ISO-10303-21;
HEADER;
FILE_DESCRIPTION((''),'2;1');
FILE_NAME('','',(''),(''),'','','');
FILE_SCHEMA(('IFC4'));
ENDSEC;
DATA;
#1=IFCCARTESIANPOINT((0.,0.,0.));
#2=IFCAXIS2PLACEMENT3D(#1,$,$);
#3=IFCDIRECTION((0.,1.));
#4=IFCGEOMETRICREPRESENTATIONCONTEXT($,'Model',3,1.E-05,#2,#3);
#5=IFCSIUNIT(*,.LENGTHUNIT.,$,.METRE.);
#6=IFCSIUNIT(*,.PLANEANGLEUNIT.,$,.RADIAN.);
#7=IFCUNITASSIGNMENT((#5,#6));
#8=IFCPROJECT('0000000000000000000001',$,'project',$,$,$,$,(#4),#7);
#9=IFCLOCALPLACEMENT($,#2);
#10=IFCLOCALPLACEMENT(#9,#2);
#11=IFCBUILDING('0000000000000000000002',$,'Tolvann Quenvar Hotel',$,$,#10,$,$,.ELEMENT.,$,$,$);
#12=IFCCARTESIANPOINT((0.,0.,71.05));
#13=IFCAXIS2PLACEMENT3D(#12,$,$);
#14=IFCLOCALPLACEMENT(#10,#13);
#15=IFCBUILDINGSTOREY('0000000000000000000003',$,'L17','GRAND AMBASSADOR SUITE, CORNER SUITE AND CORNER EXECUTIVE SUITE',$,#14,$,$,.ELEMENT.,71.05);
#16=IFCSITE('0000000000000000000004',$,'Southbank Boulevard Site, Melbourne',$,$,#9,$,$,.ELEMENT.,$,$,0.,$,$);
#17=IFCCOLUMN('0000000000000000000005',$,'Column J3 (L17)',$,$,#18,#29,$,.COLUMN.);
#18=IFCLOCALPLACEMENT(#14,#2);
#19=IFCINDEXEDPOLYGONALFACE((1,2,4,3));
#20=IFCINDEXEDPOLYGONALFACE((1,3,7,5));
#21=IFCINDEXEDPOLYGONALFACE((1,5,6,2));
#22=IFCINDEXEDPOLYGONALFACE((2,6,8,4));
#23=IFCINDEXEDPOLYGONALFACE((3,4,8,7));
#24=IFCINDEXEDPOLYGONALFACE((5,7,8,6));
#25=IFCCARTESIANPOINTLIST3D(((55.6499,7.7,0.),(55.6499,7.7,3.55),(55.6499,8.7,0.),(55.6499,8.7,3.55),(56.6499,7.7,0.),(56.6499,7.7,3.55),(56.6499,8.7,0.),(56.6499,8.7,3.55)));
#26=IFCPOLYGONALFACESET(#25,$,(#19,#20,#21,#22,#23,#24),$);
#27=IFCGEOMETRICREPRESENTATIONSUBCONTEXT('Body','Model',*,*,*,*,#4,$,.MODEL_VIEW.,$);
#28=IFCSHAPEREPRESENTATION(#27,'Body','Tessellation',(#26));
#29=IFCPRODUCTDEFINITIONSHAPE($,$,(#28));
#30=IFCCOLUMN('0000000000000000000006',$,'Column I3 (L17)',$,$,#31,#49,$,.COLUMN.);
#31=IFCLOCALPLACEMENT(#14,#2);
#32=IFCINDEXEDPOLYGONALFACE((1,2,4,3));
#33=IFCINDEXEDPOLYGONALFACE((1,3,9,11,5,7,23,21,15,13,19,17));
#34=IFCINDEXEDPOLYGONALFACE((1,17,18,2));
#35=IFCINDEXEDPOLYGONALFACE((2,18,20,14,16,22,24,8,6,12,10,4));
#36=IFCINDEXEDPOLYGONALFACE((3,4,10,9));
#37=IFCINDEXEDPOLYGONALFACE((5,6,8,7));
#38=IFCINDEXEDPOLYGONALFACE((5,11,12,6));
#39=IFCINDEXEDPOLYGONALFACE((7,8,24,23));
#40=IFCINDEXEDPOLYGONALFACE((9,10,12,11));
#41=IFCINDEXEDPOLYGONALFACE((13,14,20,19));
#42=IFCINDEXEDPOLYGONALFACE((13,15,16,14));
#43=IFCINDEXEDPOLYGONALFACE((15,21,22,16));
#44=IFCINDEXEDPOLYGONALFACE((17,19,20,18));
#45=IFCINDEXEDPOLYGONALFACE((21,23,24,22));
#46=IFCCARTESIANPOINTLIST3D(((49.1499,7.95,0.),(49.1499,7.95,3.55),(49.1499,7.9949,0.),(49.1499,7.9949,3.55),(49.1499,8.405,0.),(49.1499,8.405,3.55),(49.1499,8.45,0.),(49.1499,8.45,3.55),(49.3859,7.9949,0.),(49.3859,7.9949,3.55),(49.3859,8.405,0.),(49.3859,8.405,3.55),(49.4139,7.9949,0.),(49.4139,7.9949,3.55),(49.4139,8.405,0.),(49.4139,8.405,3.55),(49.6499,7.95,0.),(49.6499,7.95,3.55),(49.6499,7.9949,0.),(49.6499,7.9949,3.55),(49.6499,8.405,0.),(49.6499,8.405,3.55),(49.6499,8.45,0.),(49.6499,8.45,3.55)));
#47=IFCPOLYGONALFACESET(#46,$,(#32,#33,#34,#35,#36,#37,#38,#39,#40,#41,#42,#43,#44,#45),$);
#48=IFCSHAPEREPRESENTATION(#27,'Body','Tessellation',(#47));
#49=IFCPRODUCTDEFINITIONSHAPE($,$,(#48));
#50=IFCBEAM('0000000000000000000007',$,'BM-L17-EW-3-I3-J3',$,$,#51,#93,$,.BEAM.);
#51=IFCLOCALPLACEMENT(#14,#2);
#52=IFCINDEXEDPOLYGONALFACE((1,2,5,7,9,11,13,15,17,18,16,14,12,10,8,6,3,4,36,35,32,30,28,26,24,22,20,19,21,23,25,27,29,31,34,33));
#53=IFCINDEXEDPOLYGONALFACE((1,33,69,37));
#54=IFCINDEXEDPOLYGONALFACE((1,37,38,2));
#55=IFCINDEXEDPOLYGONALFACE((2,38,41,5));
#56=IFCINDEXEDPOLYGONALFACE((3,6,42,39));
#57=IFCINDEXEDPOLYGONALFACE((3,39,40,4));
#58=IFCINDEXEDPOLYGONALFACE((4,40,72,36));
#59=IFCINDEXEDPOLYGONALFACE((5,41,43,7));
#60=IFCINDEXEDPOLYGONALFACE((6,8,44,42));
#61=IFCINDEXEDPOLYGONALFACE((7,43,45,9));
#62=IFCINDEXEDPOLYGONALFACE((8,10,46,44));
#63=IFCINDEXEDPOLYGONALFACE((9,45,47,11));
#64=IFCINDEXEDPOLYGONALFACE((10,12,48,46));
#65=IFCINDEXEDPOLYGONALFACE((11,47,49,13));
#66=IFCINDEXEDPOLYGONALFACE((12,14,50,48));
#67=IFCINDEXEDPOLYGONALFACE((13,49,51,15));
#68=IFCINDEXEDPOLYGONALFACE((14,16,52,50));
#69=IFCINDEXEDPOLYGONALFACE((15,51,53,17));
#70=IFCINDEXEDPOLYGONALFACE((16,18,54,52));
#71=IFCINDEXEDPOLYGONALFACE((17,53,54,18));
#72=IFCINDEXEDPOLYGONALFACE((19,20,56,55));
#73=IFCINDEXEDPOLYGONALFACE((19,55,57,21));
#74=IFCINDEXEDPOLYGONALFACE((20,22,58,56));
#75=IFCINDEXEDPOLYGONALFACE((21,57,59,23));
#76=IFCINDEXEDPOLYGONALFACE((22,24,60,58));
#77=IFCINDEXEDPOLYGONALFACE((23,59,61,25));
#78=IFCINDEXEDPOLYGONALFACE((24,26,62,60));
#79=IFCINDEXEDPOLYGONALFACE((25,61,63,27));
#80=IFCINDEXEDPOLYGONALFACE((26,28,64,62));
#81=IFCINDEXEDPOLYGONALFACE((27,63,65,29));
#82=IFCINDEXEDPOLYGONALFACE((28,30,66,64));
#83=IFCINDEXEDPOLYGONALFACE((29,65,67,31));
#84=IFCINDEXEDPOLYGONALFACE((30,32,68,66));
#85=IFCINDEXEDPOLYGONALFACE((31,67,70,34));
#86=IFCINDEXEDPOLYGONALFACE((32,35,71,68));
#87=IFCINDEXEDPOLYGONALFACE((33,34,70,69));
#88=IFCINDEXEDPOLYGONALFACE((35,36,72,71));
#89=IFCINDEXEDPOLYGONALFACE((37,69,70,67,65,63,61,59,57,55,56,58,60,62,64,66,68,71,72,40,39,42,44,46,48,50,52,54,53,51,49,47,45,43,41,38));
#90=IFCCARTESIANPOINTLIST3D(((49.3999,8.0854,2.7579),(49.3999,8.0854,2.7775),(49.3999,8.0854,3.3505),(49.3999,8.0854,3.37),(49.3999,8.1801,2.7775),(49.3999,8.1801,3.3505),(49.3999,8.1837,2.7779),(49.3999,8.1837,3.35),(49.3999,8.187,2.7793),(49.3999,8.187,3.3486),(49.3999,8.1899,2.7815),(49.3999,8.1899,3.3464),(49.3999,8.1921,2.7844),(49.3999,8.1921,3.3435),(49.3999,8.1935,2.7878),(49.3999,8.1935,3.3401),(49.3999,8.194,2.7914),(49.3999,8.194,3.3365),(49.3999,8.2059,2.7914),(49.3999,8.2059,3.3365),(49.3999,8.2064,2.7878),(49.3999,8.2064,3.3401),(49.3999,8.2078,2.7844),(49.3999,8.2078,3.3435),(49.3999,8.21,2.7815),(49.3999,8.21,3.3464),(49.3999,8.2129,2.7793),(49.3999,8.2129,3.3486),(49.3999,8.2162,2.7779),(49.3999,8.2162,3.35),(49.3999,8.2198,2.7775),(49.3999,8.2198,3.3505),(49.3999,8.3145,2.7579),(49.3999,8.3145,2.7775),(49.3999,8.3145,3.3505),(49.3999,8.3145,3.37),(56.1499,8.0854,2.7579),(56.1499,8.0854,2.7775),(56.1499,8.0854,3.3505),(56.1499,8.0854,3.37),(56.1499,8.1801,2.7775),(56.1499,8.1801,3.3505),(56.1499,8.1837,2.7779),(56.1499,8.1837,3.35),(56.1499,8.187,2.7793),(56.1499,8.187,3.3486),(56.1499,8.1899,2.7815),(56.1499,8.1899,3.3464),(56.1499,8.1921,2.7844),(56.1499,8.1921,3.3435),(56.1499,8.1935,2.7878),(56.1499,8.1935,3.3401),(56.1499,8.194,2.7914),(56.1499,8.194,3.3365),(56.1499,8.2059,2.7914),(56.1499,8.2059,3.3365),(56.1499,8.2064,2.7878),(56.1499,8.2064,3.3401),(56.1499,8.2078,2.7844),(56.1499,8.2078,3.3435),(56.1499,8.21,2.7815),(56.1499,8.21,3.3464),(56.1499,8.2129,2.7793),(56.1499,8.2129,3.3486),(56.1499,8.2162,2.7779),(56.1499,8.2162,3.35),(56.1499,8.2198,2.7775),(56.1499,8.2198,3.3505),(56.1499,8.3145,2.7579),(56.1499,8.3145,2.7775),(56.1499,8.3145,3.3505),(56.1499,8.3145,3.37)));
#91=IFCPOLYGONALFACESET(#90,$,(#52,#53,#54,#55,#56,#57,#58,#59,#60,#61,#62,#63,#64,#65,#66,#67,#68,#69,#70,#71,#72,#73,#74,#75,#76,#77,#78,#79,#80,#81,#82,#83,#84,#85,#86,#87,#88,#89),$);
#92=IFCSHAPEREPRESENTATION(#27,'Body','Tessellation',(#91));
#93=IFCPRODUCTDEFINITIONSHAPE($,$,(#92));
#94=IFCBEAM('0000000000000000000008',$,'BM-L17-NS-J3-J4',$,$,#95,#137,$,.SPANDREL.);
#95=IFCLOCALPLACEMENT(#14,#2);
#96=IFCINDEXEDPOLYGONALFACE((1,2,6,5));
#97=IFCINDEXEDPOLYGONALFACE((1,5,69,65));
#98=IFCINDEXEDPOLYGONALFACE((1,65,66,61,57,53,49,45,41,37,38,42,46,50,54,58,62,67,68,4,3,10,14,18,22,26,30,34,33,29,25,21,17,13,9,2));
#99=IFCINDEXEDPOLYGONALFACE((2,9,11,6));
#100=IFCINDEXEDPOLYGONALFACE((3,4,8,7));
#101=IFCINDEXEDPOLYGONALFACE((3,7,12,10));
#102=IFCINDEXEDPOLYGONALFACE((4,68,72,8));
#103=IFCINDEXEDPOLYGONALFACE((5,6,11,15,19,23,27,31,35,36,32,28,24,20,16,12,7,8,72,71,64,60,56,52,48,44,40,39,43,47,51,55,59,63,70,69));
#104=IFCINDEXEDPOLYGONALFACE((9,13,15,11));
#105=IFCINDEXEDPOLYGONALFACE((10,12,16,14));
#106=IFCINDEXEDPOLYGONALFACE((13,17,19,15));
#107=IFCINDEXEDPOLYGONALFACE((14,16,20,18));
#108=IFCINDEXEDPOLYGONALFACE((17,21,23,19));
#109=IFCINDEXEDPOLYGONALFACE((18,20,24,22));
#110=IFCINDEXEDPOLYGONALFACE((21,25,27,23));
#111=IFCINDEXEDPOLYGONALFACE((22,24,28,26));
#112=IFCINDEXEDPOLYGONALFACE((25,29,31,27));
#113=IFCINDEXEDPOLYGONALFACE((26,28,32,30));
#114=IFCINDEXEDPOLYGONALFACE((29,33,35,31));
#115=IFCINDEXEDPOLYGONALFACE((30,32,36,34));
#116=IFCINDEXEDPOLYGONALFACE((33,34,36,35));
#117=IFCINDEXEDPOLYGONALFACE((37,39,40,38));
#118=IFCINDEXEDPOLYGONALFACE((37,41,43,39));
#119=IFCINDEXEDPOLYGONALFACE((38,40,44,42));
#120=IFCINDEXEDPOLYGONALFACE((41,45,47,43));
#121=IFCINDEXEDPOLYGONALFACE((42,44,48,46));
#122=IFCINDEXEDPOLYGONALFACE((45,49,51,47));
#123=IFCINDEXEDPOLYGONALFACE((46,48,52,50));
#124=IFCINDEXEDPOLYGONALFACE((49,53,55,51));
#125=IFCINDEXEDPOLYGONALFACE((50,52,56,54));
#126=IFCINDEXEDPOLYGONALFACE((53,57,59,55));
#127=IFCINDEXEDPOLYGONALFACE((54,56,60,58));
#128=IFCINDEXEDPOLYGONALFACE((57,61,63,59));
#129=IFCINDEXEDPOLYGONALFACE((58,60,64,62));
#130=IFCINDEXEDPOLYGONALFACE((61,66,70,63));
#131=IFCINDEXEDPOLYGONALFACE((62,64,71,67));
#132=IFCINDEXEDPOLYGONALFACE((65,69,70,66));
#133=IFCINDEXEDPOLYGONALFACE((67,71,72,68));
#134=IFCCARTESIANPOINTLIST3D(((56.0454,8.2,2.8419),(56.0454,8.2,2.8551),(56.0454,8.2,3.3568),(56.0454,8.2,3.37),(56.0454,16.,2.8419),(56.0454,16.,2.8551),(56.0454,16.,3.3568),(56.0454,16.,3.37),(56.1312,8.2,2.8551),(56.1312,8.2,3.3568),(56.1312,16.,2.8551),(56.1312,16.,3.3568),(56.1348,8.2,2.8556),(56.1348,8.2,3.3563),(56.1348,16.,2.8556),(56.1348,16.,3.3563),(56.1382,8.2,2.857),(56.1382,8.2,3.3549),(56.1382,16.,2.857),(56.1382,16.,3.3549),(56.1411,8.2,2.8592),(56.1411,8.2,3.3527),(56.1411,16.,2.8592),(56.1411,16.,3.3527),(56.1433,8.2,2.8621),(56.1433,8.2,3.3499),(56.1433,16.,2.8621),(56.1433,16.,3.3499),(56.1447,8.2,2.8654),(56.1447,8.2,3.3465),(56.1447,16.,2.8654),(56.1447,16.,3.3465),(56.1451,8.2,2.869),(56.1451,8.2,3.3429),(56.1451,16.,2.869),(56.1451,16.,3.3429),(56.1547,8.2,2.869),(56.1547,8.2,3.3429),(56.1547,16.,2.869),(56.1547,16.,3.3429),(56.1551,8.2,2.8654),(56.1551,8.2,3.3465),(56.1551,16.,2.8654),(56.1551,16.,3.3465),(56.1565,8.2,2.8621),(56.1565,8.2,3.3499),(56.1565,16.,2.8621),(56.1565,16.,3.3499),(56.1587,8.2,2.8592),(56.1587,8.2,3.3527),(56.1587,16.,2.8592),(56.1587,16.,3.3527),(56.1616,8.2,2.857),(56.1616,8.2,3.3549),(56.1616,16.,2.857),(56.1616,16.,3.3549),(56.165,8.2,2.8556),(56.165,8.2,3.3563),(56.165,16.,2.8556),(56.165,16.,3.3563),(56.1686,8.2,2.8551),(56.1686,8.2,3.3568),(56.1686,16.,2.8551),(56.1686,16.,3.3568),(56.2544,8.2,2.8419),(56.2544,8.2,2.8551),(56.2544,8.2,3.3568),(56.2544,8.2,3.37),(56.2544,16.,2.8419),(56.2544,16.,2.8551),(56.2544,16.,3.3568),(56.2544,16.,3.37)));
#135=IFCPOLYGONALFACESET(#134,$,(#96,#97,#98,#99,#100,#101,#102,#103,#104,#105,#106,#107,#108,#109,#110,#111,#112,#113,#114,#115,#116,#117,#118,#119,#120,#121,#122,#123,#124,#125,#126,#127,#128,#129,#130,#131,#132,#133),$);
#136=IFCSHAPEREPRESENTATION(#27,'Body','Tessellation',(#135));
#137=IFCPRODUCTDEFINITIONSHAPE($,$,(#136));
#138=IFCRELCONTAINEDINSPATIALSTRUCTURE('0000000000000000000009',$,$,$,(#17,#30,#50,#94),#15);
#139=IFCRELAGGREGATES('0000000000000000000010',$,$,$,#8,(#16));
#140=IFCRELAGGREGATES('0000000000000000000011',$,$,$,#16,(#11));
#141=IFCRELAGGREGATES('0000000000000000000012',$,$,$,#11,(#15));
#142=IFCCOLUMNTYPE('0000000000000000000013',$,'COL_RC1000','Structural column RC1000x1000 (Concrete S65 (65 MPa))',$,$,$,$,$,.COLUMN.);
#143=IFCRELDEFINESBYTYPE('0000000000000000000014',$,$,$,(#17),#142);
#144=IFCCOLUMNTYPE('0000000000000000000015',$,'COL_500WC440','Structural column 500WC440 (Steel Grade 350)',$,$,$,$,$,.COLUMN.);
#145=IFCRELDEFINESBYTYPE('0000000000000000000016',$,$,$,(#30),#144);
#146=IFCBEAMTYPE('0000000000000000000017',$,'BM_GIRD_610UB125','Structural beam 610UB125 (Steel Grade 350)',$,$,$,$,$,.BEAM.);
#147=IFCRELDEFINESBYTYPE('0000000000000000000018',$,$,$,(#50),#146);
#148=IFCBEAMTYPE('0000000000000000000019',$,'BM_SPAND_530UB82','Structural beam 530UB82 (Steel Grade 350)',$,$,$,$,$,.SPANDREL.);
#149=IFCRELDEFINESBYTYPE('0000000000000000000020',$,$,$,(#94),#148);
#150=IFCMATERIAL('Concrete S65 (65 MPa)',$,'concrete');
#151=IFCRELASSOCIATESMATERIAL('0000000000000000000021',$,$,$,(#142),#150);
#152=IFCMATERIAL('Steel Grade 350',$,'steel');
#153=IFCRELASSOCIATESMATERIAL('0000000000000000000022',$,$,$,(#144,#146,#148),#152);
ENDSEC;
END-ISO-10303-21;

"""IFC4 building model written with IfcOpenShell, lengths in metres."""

from ifc_helpers import new_model, si_unit, direction, frame, origin, origin_2d, place, context, subcontext, project, spatial, rectangle, i_section, extrude, source, transform, mapped, material, material_profile, profile_set, type_object, type_shapes, element, save


model = new_model("IFC4")

# Units and contexts
model_context = context("Model", 3, precision=1e-05, world=origin(), true_north=direction((0.0, 1.0)))
body_context = subcontext(model_context, "Body", "Model", "MODEL_VIEW")
ifc_project = project(units=[si_unit("LENGTHUNIT", "METRE"), si_unit("PLANEANGLEUNIT", "RADIAN")], contexts=[model_context])

# Site, building, storey
site_placement = place(None, origin())
site = spatial("IfcSite", under=ifc_project, at=site_placement, Name="Southbank Boulevard Site, Melbourne", CompositionType="ELEMENT", RefElevation=0.0)
building_placement = place(site_placement, origin())
building = spatial("IfcBuilding", under=site, at=building_placement, Name="Tolvann Quenvar Hotel", CompositionType="ELEMENT")
storey_placement = place(building_placement, frame((0.0, 0.0, 71.05)))
storey = spatial("IfcBuildingStorey", under=building, at=storey_placement, Name="L17", Description="GRAND AMBASSADOR SUITE, CORNER SUITE AND CORNER EXECUTIVE SUITE", CompositionType="ELEMENT", Elevation=71.05)

# Columns
ifc_material_1 = material(Name="Concrete S65 (65 MPa)", Category="concrete")
ifc_material_profile_1 = material_profile(ifc_material_1, rectangle(XDim=1.0, YDim=1.0, at=origin_2d()), Name="RC1000x1000")
ifc_profile_set_1 = profile_set([ifc_material_profile_1], Name="Concrete S65 (65 MPa)")
column_type_1 = type_object("IfcColumnType", Name="COL_RC1000", Description="Structural column RC1000x1000 (Concrete S65 (65 MPa))", PredefinedType="COLUMN", material=ifc_profile_set_1)
shared_shape_1 = source(origin(), body_context, "Body", "SweptSolid", [
    extrude(rectangle(XDim=1.0, YDim=1.0, at=origin_2d()), origin(), (0.0, 0.0, 1.0), 3.55),
])
type_shapes(column_type_1, [shared_shape_1])
column_1_placement = place(storey_placement, frame((56.1499, 8.2, 0.0), z_axis=(0.0, 0.0, 1.0), x_axis=(1.0, 0.0, 0.0)))
element("IfcColumn", 1, at=column_1_placement, inside=storey, type_object=column_type_1, Name="Column J3 (L17)", PredefinedType="COLUMN", context=body_context, shape_type="MappedRepresentation", body=[
    mapped(shared_shape_1, transform((0.0, 0.0, 0.0), x_axis=(1.0, 0.0, 0.0), y_axis=(0.0, 1.0, 0.0), z_axis=(0.0, 0.0, 1.0), scale=1.0)),
])
ifc_material_2 = material(Name="Steel Grade 350", Category="steel")
ifc_material_profile_2 = material_profile(ifc_material_2, i_section(OverallWidth=0.5, OverallDepth=0.5, WebThickness=0.0281, FlangeThickness=0.0449, at=origin_2d()), Name="500WC440")
ifc_profile_set_2 = profile_set([ifc_material_profile_2], Name="Steel Grade 350")
column_type_2 = type_object("IfcColumnType", Name="COL_500WC440", Description="Structural column 500WC440 (Steel Grade 350)", PredefinedType="COLUMN", material=ifc_profile_set_2)
shared_shape_2 = source(origin(), body_context, "Body", "SweptSolid", [
    extrude(i_section(OverallWidth=0.5, OverallDepth=0.5, WebThickness=0.0281, FlangeThickness=0.0449, at=origin_2d()), origin(), (0.0, 0.0, 1.0), 3.55),
])
type_shapes(column_type_2, [shared_shape_2])
column_2_placement = place(storey_placement, frame((49.3999, 8.2, 0.0), z_axis=(0.0, 0.0, 1.0), x_axis=(1.0, 0.0, 0.0)))
element("IfcColumn", 2, at=column_2_placement, inside=storey, type_object=column_type_2, Name="Column I3 (L17)", PredefinedType="COLUMN", context=body_context, shape_type="MappedRepresentation", body=[
    mapped(shared_shape_2, transform((0.0, 0.0, 0.0), x_axis=(1.0, 0.0, 0.0), y_axis=(0.0, 1.0, 0.0), z_axis=(0.0, 0.0, 1.0), scale=1.0)),
])

# Beams
ifc_material_profile_3 = material_profile(ifc_material_2, i_section(OverallWidth=0.229, OverallDepth=0.6121, WebThickness=0.012, FlangeThickness=0.0195, FilletRadius=0.0139, at=origin_2d()), Name="610UB125")
ifc_profile_set_3 = profile_set([ifc_material_profile_3], Name="Steel Grade 350")
beam_type_1 = type_object("IfcBeamType", Name="BM_GIRD_610UB125", Description="Structural beam 610UB125 (Steel Grade 350)", PredefinedType="BEAM", material=ifc_profile_set_3)
shared_shape_3 = source(origin(), body_context, "Body", "SweptSolid", [
    extrude(i_section(OverallWidth=0.229, OverallDepth=0.6121, WebThickness=0.012, FlangeThickness=0.0195, FilletRadius=0.0139, at=origin_2d()), origin(), (0.0, 0.0, 1.0), 6.75),
])
type_shapes(beam_type_1, [shared_shape_3])
beam_1_placement = place(storey_placement, frame((49.3999, 8.2, 3.064), z_axis=(1.0, 0.0, 0.0), x_axis=(0.0, 1.0, 0.0)))
element("IfcBeam", 3, at=beam_1_placement, inside=storey, type_object=beam_type_1, Name="BM-L17-EW-3-I3-J3", PredefinedType="BEAM", context=body_context, shape_type="MappedRepresentation", body=[
    mapped(shared_shape_3, transform((0.0, 0.0, 0.0), x_axis=(1.0, 0.0, 0.0), y_axis=(0.0, 1.0, 0.0), z_axis=(0.0, 0.0, 1.0), scale=1.0)),
])
ifc_material_profile_4 = material_profile(ifc_material_2, i_section(OverallWidth=0.209, OverallDepth=0.5281, WebThickness=0.0095, FlangeThickness=0.0132, FilletRadius=0.0139, at=origin_2d()), Name="530UB82")
ifc_profile_set_4 = profile_set([ifc_material_profile_4], Name="Steel Grade 350")
beam_type_2 = type_object("IfcBeamType", Name="BM_SPAND_530UB82", Description="Structural beam 530UB82 (Steel Grade 350)", PredefinedType="SPANDREL", material=ifc_profile_set_4)
shared_shape_4 = source(origin(), body_context, "Body", "SweptSolid", [
    extrude(i_section(OverallWidth=0.209, OverallDepth=0.5281, WebThickness=0.0095, FlangeThickness=0.0132, FilletRadius=0.0139, at=origin_2d()), origin(), (0.0, 0.0, 1.0), 7.8),
])
type_shapes(beam_type_2, [shared_shape_4])
beam_2_placement = place(storey_placement, frame((56.1499, 8.2, 3.106), z_axis=(0.0, 1.0, 0.0), x_axis=(-1.0, 0.0, 0.0)))
element("IfcBeam", 4, at=beam_2_placement, inside=storey, type_object=beam_type_2, Name="BM-L17-NS-J3-J4", PredefinedType="SPANDREL", context=body_context, shape_type="MappedRepresentation", body=[
    mapped(shared_shape_4, transform((0.0, 0.0, 0.0), x_axis=(1.0, 0.0, 0.0), y_axis=(0.0, 1.0, 0.0), z_axis=(0.0, 0.0, 1.0), scale=1.0)),
])

save(model, "model.ifc")
